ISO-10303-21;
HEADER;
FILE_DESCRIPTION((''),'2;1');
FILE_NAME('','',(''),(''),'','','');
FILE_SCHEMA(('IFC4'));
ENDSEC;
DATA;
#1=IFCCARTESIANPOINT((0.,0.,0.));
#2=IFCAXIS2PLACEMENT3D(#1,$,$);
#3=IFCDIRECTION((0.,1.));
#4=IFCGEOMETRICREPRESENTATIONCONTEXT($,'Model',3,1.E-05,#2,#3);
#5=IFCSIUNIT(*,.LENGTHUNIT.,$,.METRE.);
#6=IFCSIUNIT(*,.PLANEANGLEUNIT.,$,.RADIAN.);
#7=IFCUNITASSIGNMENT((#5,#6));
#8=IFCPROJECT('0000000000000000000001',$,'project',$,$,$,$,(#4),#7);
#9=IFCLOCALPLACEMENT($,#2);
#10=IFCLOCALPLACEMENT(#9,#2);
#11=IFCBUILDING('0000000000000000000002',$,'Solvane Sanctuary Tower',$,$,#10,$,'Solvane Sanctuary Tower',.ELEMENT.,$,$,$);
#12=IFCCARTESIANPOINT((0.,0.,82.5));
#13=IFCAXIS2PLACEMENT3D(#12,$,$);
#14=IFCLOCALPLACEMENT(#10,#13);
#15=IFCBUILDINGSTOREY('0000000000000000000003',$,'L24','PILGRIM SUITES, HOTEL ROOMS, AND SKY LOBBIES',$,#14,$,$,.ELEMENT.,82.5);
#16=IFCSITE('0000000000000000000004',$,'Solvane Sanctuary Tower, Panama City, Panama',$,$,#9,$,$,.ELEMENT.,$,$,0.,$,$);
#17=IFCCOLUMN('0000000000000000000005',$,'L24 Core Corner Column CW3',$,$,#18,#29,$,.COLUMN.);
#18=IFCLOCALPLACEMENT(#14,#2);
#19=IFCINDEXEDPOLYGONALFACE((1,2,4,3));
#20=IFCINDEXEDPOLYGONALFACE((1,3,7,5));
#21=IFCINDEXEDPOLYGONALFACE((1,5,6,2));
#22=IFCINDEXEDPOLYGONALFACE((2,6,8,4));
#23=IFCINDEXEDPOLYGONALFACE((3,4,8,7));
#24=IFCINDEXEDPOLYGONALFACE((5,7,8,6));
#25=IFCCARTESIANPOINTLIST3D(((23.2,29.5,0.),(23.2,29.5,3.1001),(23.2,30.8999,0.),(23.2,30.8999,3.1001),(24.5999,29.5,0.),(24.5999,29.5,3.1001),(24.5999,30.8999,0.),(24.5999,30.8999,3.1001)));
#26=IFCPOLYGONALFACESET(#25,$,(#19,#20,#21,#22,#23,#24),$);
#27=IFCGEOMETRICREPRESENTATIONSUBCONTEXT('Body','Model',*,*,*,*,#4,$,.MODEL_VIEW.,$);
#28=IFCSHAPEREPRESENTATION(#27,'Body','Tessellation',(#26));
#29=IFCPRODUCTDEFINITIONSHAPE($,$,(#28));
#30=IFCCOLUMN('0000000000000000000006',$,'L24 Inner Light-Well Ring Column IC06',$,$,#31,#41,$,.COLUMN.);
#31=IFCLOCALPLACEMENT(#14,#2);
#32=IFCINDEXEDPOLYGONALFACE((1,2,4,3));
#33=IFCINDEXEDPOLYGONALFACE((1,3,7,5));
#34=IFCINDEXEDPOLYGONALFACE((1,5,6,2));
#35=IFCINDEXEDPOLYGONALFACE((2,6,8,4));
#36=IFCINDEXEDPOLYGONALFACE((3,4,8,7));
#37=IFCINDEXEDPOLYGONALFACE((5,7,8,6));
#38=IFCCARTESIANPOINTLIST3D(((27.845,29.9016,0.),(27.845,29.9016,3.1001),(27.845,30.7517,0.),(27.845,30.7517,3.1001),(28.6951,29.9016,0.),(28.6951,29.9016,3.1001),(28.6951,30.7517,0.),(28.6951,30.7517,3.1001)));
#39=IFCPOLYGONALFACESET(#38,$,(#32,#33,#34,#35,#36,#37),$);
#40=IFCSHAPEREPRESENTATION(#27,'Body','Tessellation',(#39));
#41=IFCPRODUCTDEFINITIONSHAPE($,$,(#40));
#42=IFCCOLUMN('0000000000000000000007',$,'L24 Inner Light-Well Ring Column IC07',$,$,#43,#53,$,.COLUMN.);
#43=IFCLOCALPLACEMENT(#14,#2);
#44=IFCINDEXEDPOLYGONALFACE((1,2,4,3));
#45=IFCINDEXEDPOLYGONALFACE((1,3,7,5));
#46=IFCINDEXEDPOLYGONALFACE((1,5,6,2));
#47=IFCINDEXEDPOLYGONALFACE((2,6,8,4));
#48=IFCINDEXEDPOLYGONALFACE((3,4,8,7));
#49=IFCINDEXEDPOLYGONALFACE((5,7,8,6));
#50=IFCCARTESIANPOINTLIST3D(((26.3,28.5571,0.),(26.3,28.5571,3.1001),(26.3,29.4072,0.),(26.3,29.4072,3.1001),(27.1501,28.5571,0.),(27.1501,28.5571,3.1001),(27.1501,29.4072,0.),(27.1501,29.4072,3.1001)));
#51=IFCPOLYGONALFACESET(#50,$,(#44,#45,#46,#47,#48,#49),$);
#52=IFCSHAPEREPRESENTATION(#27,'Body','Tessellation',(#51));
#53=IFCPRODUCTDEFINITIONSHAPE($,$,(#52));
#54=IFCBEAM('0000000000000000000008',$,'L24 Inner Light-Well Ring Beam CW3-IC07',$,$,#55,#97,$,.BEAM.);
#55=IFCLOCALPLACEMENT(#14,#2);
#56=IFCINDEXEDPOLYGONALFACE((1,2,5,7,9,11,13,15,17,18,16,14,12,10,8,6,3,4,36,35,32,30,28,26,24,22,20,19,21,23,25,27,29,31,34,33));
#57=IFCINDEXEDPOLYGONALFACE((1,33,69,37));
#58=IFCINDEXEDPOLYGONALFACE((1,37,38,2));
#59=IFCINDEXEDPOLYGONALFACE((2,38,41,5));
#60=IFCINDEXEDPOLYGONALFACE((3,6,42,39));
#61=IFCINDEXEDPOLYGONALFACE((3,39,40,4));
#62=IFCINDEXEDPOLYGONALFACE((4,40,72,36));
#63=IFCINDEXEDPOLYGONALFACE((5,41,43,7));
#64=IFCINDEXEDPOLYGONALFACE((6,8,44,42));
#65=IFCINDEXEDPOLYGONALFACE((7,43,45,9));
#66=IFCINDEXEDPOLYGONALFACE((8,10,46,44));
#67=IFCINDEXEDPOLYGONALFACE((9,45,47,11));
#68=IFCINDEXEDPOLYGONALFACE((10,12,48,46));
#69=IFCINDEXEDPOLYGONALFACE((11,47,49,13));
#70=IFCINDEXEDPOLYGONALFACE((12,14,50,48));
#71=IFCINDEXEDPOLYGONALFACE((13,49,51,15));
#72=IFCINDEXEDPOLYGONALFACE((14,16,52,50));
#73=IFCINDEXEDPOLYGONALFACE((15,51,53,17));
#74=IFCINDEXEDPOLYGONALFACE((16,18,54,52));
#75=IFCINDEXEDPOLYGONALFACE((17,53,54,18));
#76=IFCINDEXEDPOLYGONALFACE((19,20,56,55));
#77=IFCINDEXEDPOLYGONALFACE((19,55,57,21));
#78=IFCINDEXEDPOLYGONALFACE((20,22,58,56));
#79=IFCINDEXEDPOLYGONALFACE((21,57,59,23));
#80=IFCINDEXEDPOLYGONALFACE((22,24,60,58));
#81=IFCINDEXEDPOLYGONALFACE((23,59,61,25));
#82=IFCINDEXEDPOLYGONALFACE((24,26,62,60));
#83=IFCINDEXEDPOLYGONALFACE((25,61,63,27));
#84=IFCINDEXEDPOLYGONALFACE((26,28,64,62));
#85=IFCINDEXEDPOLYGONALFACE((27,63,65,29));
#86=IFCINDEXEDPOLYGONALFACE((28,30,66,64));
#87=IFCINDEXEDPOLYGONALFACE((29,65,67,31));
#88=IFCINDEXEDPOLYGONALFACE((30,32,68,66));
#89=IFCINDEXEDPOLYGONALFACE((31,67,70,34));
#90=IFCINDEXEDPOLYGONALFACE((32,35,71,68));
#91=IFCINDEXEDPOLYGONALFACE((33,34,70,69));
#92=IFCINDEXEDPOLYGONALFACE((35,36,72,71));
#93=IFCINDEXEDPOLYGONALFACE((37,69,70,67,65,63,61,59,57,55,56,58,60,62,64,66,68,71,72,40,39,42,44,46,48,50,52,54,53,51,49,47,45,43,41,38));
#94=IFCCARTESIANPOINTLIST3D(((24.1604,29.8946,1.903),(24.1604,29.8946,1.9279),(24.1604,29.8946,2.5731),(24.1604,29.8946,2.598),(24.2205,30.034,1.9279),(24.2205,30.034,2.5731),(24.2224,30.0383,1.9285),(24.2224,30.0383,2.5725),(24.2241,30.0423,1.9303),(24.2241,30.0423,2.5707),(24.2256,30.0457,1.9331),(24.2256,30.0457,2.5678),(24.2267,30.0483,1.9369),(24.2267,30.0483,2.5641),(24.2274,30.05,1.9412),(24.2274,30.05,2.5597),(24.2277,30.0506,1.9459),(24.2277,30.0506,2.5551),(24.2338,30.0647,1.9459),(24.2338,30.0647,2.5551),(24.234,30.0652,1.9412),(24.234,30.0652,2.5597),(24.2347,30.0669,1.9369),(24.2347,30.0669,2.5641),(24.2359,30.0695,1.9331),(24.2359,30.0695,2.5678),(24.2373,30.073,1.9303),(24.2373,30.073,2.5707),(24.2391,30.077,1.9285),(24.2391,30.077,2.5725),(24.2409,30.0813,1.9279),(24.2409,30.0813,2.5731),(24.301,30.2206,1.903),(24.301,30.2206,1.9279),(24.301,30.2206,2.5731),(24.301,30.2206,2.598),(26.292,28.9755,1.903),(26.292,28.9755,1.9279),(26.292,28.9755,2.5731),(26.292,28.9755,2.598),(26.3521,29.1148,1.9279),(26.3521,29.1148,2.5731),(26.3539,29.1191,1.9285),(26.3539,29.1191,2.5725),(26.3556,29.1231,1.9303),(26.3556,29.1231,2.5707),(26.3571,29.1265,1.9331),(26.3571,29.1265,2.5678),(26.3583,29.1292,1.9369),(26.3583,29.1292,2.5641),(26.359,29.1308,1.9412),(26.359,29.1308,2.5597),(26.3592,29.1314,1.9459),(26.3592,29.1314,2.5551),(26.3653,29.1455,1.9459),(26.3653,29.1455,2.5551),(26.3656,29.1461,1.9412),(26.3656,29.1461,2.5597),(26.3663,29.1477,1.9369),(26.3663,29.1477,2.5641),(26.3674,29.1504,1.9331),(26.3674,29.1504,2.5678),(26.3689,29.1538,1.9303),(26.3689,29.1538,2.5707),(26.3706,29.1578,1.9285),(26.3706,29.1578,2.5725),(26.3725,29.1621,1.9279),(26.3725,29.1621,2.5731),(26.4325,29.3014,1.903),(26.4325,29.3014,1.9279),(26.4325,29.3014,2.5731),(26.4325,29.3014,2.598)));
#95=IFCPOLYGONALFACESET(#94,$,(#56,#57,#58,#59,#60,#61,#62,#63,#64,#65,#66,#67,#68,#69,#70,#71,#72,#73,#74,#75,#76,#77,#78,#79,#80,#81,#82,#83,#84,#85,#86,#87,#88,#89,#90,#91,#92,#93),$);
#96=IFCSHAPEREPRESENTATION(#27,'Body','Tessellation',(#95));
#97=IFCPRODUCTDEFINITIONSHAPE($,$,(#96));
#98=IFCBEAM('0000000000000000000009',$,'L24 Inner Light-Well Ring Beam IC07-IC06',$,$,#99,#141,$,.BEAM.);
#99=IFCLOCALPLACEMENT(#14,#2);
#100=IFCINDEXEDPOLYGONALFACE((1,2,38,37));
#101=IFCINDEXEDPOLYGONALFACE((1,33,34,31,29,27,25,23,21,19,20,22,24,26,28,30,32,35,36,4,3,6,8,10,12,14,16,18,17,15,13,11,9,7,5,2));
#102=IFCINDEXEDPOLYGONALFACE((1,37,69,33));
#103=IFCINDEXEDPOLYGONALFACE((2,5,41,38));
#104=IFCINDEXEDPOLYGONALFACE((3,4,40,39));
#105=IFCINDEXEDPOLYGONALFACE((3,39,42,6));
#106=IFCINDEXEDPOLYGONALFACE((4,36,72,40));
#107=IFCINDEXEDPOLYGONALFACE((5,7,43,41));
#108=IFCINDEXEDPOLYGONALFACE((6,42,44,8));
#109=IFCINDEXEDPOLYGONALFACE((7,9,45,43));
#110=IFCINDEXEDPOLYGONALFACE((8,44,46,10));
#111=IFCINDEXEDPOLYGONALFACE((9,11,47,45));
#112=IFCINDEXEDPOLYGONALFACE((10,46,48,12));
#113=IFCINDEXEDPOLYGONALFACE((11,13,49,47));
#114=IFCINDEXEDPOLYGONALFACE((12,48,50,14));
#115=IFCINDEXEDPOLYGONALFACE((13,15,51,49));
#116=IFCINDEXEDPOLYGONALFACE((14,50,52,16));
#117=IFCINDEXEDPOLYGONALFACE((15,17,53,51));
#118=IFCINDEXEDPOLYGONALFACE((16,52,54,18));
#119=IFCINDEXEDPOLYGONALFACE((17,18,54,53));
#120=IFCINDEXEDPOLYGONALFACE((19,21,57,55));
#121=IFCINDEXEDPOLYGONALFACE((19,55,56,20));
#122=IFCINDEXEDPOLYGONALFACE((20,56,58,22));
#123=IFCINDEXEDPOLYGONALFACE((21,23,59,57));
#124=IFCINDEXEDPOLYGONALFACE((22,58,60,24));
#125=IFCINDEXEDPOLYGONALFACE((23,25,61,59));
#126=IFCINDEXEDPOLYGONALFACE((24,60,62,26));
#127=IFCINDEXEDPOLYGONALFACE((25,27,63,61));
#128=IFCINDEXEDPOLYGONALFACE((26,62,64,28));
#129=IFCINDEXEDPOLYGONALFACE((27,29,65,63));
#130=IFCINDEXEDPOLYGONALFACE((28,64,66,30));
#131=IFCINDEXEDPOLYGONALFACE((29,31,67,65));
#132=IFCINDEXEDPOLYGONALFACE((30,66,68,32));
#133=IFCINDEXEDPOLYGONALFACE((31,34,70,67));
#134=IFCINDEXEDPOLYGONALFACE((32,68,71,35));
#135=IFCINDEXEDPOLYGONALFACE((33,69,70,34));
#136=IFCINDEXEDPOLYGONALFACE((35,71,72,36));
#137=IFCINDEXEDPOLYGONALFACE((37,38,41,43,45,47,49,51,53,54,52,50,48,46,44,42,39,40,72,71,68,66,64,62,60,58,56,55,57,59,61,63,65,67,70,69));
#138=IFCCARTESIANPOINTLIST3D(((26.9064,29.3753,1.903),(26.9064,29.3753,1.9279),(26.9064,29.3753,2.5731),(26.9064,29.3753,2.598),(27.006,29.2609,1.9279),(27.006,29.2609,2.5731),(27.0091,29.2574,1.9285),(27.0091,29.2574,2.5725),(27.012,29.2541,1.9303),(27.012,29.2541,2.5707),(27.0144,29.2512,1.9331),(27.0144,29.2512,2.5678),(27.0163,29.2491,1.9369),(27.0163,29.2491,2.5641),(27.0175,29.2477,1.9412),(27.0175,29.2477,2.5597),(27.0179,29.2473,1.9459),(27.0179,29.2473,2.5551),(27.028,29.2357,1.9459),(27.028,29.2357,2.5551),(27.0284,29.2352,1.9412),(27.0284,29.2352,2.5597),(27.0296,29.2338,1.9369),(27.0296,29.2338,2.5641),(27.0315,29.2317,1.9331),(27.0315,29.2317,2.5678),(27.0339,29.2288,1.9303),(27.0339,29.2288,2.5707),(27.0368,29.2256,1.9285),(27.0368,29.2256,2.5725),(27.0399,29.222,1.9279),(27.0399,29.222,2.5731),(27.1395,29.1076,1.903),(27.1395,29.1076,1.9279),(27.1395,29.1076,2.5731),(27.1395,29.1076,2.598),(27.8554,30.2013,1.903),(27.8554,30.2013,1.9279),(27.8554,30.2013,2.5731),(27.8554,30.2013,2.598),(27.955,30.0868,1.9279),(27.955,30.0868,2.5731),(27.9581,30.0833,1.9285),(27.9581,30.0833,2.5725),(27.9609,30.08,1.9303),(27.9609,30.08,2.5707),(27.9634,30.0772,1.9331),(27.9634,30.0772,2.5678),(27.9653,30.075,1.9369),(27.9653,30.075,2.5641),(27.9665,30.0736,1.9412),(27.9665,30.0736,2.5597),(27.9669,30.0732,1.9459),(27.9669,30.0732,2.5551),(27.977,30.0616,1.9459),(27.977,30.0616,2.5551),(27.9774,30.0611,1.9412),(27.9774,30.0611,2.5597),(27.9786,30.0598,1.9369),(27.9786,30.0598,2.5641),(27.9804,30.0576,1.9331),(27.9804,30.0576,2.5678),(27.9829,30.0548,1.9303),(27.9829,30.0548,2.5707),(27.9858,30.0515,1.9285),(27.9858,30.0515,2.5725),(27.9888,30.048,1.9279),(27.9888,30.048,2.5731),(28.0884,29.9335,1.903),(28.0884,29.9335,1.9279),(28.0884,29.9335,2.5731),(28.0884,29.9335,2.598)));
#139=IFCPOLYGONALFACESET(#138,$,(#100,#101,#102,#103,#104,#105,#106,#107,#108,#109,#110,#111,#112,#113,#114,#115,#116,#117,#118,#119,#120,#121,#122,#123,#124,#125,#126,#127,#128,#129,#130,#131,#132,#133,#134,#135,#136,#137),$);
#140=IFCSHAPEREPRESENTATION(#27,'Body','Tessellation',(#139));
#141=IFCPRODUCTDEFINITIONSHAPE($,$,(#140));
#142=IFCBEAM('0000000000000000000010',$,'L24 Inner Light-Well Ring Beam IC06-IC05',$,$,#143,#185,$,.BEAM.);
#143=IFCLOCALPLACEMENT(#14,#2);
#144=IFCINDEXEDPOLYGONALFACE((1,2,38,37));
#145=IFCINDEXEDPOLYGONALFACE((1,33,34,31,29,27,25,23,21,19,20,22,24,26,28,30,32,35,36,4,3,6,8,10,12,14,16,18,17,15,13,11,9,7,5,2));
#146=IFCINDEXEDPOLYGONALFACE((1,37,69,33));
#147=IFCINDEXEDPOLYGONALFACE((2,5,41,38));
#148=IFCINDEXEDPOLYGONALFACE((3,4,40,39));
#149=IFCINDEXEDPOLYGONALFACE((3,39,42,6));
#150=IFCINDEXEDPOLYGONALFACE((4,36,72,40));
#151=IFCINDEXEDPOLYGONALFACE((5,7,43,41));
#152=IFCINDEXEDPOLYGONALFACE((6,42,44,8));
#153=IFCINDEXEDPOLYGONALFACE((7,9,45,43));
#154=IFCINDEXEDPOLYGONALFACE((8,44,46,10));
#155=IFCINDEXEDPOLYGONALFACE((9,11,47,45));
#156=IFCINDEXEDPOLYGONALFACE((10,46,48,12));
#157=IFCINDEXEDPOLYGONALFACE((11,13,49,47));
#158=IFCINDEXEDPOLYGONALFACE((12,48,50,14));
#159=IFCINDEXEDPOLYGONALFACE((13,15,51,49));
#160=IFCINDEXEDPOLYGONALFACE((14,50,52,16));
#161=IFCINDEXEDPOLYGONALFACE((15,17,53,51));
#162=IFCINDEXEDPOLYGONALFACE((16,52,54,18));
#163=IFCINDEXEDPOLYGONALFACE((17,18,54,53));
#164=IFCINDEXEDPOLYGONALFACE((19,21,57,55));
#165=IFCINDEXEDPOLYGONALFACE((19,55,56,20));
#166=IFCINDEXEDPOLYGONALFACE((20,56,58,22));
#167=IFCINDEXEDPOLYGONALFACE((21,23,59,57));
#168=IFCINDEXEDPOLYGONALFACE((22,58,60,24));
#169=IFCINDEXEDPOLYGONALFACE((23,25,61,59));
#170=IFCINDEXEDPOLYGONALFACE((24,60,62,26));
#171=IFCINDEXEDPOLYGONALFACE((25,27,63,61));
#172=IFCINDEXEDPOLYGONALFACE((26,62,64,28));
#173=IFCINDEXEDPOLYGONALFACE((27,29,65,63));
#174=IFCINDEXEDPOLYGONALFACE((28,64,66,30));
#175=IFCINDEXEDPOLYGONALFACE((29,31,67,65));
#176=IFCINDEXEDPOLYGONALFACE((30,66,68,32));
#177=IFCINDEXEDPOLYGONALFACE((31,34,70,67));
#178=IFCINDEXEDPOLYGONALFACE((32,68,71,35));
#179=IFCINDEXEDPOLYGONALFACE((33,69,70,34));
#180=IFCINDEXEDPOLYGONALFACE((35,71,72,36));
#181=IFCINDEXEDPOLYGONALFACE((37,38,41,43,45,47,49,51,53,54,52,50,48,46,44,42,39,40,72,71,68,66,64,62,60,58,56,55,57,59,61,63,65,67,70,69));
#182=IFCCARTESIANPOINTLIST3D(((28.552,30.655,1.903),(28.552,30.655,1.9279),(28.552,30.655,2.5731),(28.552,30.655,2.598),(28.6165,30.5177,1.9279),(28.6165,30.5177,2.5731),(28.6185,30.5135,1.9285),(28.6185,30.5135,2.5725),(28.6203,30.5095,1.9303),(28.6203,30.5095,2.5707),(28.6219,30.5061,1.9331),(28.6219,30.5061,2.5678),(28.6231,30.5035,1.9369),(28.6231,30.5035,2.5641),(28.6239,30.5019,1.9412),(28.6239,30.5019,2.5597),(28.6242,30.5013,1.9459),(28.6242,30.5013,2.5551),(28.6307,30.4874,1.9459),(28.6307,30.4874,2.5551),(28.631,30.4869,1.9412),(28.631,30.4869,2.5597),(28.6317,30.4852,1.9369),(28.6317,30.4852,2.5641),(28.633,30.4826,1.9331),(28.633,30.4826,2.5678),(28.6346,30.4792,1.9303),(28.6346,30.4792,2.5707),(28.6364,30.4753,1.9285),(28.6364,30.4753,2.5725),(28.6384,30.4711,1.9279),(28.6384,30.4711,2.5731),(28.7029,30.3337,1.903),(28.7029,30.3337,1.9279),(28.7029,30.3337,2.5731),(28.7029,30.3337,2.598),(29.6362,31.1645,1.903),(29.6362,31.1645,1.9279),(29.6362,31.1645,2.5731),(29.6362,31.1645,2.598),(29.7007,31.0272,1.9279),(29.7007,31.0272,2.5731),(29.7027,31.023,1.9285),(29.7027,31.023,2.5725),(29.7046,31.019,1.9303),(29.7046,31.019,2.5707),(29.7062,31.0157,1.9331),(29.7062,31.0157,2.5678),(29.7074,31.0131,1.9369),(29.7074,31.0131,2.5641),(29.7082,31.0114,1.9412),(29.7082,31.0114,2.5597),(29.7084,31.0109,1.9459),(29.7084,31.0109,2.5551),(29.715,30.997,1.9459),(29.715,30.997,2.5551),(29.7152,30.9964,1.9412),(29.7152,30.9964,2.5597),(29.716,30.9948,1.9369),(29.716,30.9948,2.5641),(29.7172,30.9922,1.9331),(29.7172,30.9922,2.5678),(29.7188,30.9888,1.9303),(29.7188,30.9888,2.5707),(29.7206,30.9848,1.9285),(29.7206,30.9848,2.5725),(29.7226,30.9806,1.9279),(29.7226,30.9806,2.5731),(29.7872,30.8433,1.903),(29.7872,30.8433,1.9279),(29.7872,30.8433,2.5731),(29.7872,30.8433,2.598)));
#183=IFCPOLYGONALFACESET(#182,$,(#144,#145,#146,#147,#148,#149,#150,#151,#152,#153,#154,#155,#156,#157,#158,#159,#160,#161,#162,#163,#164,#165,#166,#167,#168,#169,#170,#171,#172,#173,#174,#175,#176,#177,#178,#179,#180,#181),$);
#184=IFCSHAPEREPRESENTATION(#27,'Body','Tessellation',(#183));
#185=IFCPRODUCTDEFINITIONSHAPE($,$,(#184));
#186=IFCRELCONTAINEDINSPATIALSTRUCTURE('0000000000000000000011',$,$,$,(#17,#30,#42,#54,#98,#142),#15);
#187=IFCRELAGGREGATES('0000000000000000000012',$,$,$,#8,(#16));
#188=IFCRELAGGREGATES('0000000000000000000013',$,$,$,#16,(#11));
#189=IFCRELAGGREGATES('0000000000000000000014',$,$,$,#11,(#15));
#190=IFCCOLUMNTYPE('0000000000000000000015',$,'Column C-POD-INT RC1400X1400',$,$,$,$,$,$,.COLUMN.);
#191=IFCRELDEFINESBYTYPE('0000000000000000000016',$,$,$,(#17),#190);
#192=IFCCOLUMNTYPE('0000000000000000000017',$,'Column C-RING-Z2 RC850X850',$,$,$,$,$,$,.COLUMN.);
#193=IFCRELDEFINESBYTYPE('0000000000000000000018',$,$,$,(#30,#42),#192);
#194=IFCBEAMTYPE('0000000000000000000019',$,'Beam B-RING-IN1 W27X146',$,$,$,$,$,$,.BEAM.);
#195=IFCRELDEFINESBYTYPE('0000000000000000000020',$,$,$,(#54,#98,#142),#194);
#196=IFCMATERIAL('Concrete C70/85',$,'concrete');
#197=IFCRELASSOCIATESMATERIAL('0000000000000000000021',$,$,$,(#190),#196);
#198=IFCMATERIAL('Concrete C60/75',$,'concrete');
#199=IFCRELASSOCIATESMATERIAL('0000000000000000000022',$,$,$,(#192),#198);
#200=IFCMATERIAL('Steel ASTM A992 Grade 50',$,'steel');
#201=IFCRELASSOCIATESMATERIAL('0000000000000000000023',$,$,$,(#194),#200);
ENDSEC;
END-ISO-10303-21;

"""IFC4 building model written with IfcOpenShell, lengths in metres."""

from ifc_helpers import new_model, si_unit, direction, frame, origin, origin_2d, place, context, subcontext, project, spatial, rectangle, i_section, extrude, material, material_profile, profile_set, type_object, element, save


model = new_model("IFC4")

# Units and contexts
model_context = context("Model", 3, precision=1e-05, world=origin(), true_north=direction((0.0, 1.0)))
body_context = subcontext(model_context, "Body", "Model", "MODEL_VIEW")
ifc_project = project(units=[si_unit("LENGTHUNIT", "METRE"), si_unit("PLANEANGLEUNIT", "RADIAN")], contexts=[model_context])

# Site, building, storey
site_placement = place(None, origin())
site = spatial("IfcSite", under=ifc_project, at=site_placement, Name="Solvane Sanctuary Tower, Panama City, Panama", CompositionType="ELEMENT", RefElevation=0.0)
building_placement = place(site_placement, origin())
building = spatial("IfcBuilding", under=site, at=building_placement, Name="Solvane Sanctuary Tower", LongName="Solvane Sanctuary Tower", CompositionType="ELEMENT")
storey_placement = place(building_placement, frame((0.0, 0.0, 82.5)))
storey = spatial("IfcBuildingStorey", under=building, at=storey_placement, Name="L24", Description="PILGRIM SUITES, HOTEL ROOMS, AND SKY LOBBIES", CompositionType="ELEMENT", Elevation=82.5)

# Columns
ifc_material_1 = material(Name="Concrete C70/85", Category="concrete")
ifc_material_profile_1 = material_profile(ifc_material_1, rectangle(XDim=1.3999, YDim=1.3999, at=origin_2d()), Name="RC1400X1400")
ifc_profile_set_1 = profile_set([ifc_material_profile_1], Name="Concrete C70/85")
column_type_1 = type_object("IfcColumnType", Name="Column C-POD-INT RC1400X1400", PredefinedType="COLUMN", material=ifc_profile_set_1)
column_placement = place(storey_placement, frame((23.8999, 30.2, 0.0), z_axis=(0.0, 0.0, 1.0), x_axis=(1.0, 0.0, 0.0)))
element("IfcColumn", 1, at=column_placement, inside=storey, type_object=column_type_1, Name="L24 Core Corner Column CW3", PredefinedType="COLUMN", context=body_context, shape_type="SweptSolid", body=[
    extrude(rectangle(XDim=1.3999, YDim=1.3999, at=origin_2d()), origin(), (0.0, 0.0, 1.0), 3.1001),
])
ifc_material_2 = material(Name="Concrete C60/75", Category="concrete")
ifc_material_profile_2 = material_profile(ifc_material_2, rectangle(XDim=0.8501, YDim=0.8501, at=origin_2d()), Name="RC850X850")
ifc_profile_set_2 = profile_set([ifc_material_profile_2], Name="Concrete C60/75")
column_type_2 = type_object("IfcColumnType", Name="Column C-RING-Z2 RC850X850", PredefinedType="COLUMN", material=ifc_profile_set_2)
for number, where, z_axis, x_axis, name in (
    (2, (28.27, 30.3267, 0.0), (0.0, 0.0, 1.0), (1.0, 0.0, 0.0), "L24 Inner Light-Well Ring Column IC06"),
    (3, (26.7251, 28.9822, 0.0), (0.0, 0.0, 1.0), (1.0, 0.0, 0.0), "L24 Inner Light-Well Ring Column IC07"),
):
    element("IfcColumn", number, at=place(storey_placement, frame(where, z_axis=z_axis, x_axis=x_axis)), inside=storey, type_object=column_type_2, Name=name, PredefinedType="COLUMN", context=body_context, shape_type="SweptSolid", body=[
        extrude(rectangle(XDim=0.8501, YDim=0.8501, at=origin_2d()), origin(), (0.0, 0.0, 1.0), 3.1001),
    ])

# Beams
ifc_material_3 = material(Name="Steel ASTM A992 Grade 50", Category="steel")
ifc_material_profile_3 = material_profile(ifc_material_3, i_section(OverallWidth=0.355, OverallDepth=0.6951, WebThickness=0.0154, FlangeThickness=0.0249, FilletRadius=0.0181, at=origin_2d()), Name="W27X146")
ifc_profile_set_3 = profile_set([ifc_material_profile_3], Name="Steel ASTM A992 Grade 50")
beam_type_1 = type_object("IfcBeamType", Name="Beam B-RING-IN1 W27X146", PredefinedType="BEAM", material=ifc_profile_set_3)
beam_1_placement = place(storey_placement, frame((24.2307, 30.0576, 2.2505), z_axis=(0.918261, -0.395975, 0.0), x_axis=(0.395975, 0.918261, 0.0)))
element("IfcBeam", 4, at=beam_1_placement, inside=storey, type_object=beam_type_1, Name="L24 Inner Light-Well Ring Beam CW3-IC07", PredefinedType="BEAM", context=body_context, shape_type="SweptSolid", body=[
    extrude(i_section(OverallWidth=0.355, OverallDepth=0.6951, WebThickness=0.0154, FlangeThickness=0.0249, FilletRadius=0.0181, at=origin_2d()), origin(), (0.0, 0.0, 1.0), 2.3213),
])
beam_2_placement = place(storey_placement, frame((27.0229, 29.2415, 2.2505), z_axis=(0.754317, 0.65651, 0.0), x_axis=(-0.65651, 0.754317, 0.0)))
element("IfcBeam", 5, at=beam_2_placement, inside=storey, type_object=beam_type_1, Name="L24 Inner Light-Well Ring Beam IC07-IC06", PredefinedType="BEAM", context=body_context, shape_type="SweptSolid", body=[
    extrude(i_section(OverallWidth=0.355, OverallDepth=0.6951, WebThickness=0.0154, FlangeThickness=0.0249, FilletRadius=0.0181, at=origin_2d()), origin(), (0.0, 0.0, 1.0), 1.2581),
])
beam_3_placement = place(storey_placement, frame((28.6274, 30.4944, 2.2505), z_axis=(0.905045, 0.425316, 0.0), x_axis=(-0.425316, 0.905045, 0.0)))
element("IfcBeam", 6, at=beam_3_placement, inside=storey, type_object=beam_type_1, Name="L24 Inner Light-Well Ring Beam IC06-IC05", PredefinedType="BEAM", context=body_context, shape_type="SweptSolid", body=[
    extrude(i_section(OverallWidth=0.355, OverallDepth=0.6951, WebThickness=0.0154, FlangeThickness=0.0249, FilletRadius=0.0181, at=origin_2d()), origin(), (0.0, 0.0, 1.0), 1.198),
])

save(model, "model.ifc")
